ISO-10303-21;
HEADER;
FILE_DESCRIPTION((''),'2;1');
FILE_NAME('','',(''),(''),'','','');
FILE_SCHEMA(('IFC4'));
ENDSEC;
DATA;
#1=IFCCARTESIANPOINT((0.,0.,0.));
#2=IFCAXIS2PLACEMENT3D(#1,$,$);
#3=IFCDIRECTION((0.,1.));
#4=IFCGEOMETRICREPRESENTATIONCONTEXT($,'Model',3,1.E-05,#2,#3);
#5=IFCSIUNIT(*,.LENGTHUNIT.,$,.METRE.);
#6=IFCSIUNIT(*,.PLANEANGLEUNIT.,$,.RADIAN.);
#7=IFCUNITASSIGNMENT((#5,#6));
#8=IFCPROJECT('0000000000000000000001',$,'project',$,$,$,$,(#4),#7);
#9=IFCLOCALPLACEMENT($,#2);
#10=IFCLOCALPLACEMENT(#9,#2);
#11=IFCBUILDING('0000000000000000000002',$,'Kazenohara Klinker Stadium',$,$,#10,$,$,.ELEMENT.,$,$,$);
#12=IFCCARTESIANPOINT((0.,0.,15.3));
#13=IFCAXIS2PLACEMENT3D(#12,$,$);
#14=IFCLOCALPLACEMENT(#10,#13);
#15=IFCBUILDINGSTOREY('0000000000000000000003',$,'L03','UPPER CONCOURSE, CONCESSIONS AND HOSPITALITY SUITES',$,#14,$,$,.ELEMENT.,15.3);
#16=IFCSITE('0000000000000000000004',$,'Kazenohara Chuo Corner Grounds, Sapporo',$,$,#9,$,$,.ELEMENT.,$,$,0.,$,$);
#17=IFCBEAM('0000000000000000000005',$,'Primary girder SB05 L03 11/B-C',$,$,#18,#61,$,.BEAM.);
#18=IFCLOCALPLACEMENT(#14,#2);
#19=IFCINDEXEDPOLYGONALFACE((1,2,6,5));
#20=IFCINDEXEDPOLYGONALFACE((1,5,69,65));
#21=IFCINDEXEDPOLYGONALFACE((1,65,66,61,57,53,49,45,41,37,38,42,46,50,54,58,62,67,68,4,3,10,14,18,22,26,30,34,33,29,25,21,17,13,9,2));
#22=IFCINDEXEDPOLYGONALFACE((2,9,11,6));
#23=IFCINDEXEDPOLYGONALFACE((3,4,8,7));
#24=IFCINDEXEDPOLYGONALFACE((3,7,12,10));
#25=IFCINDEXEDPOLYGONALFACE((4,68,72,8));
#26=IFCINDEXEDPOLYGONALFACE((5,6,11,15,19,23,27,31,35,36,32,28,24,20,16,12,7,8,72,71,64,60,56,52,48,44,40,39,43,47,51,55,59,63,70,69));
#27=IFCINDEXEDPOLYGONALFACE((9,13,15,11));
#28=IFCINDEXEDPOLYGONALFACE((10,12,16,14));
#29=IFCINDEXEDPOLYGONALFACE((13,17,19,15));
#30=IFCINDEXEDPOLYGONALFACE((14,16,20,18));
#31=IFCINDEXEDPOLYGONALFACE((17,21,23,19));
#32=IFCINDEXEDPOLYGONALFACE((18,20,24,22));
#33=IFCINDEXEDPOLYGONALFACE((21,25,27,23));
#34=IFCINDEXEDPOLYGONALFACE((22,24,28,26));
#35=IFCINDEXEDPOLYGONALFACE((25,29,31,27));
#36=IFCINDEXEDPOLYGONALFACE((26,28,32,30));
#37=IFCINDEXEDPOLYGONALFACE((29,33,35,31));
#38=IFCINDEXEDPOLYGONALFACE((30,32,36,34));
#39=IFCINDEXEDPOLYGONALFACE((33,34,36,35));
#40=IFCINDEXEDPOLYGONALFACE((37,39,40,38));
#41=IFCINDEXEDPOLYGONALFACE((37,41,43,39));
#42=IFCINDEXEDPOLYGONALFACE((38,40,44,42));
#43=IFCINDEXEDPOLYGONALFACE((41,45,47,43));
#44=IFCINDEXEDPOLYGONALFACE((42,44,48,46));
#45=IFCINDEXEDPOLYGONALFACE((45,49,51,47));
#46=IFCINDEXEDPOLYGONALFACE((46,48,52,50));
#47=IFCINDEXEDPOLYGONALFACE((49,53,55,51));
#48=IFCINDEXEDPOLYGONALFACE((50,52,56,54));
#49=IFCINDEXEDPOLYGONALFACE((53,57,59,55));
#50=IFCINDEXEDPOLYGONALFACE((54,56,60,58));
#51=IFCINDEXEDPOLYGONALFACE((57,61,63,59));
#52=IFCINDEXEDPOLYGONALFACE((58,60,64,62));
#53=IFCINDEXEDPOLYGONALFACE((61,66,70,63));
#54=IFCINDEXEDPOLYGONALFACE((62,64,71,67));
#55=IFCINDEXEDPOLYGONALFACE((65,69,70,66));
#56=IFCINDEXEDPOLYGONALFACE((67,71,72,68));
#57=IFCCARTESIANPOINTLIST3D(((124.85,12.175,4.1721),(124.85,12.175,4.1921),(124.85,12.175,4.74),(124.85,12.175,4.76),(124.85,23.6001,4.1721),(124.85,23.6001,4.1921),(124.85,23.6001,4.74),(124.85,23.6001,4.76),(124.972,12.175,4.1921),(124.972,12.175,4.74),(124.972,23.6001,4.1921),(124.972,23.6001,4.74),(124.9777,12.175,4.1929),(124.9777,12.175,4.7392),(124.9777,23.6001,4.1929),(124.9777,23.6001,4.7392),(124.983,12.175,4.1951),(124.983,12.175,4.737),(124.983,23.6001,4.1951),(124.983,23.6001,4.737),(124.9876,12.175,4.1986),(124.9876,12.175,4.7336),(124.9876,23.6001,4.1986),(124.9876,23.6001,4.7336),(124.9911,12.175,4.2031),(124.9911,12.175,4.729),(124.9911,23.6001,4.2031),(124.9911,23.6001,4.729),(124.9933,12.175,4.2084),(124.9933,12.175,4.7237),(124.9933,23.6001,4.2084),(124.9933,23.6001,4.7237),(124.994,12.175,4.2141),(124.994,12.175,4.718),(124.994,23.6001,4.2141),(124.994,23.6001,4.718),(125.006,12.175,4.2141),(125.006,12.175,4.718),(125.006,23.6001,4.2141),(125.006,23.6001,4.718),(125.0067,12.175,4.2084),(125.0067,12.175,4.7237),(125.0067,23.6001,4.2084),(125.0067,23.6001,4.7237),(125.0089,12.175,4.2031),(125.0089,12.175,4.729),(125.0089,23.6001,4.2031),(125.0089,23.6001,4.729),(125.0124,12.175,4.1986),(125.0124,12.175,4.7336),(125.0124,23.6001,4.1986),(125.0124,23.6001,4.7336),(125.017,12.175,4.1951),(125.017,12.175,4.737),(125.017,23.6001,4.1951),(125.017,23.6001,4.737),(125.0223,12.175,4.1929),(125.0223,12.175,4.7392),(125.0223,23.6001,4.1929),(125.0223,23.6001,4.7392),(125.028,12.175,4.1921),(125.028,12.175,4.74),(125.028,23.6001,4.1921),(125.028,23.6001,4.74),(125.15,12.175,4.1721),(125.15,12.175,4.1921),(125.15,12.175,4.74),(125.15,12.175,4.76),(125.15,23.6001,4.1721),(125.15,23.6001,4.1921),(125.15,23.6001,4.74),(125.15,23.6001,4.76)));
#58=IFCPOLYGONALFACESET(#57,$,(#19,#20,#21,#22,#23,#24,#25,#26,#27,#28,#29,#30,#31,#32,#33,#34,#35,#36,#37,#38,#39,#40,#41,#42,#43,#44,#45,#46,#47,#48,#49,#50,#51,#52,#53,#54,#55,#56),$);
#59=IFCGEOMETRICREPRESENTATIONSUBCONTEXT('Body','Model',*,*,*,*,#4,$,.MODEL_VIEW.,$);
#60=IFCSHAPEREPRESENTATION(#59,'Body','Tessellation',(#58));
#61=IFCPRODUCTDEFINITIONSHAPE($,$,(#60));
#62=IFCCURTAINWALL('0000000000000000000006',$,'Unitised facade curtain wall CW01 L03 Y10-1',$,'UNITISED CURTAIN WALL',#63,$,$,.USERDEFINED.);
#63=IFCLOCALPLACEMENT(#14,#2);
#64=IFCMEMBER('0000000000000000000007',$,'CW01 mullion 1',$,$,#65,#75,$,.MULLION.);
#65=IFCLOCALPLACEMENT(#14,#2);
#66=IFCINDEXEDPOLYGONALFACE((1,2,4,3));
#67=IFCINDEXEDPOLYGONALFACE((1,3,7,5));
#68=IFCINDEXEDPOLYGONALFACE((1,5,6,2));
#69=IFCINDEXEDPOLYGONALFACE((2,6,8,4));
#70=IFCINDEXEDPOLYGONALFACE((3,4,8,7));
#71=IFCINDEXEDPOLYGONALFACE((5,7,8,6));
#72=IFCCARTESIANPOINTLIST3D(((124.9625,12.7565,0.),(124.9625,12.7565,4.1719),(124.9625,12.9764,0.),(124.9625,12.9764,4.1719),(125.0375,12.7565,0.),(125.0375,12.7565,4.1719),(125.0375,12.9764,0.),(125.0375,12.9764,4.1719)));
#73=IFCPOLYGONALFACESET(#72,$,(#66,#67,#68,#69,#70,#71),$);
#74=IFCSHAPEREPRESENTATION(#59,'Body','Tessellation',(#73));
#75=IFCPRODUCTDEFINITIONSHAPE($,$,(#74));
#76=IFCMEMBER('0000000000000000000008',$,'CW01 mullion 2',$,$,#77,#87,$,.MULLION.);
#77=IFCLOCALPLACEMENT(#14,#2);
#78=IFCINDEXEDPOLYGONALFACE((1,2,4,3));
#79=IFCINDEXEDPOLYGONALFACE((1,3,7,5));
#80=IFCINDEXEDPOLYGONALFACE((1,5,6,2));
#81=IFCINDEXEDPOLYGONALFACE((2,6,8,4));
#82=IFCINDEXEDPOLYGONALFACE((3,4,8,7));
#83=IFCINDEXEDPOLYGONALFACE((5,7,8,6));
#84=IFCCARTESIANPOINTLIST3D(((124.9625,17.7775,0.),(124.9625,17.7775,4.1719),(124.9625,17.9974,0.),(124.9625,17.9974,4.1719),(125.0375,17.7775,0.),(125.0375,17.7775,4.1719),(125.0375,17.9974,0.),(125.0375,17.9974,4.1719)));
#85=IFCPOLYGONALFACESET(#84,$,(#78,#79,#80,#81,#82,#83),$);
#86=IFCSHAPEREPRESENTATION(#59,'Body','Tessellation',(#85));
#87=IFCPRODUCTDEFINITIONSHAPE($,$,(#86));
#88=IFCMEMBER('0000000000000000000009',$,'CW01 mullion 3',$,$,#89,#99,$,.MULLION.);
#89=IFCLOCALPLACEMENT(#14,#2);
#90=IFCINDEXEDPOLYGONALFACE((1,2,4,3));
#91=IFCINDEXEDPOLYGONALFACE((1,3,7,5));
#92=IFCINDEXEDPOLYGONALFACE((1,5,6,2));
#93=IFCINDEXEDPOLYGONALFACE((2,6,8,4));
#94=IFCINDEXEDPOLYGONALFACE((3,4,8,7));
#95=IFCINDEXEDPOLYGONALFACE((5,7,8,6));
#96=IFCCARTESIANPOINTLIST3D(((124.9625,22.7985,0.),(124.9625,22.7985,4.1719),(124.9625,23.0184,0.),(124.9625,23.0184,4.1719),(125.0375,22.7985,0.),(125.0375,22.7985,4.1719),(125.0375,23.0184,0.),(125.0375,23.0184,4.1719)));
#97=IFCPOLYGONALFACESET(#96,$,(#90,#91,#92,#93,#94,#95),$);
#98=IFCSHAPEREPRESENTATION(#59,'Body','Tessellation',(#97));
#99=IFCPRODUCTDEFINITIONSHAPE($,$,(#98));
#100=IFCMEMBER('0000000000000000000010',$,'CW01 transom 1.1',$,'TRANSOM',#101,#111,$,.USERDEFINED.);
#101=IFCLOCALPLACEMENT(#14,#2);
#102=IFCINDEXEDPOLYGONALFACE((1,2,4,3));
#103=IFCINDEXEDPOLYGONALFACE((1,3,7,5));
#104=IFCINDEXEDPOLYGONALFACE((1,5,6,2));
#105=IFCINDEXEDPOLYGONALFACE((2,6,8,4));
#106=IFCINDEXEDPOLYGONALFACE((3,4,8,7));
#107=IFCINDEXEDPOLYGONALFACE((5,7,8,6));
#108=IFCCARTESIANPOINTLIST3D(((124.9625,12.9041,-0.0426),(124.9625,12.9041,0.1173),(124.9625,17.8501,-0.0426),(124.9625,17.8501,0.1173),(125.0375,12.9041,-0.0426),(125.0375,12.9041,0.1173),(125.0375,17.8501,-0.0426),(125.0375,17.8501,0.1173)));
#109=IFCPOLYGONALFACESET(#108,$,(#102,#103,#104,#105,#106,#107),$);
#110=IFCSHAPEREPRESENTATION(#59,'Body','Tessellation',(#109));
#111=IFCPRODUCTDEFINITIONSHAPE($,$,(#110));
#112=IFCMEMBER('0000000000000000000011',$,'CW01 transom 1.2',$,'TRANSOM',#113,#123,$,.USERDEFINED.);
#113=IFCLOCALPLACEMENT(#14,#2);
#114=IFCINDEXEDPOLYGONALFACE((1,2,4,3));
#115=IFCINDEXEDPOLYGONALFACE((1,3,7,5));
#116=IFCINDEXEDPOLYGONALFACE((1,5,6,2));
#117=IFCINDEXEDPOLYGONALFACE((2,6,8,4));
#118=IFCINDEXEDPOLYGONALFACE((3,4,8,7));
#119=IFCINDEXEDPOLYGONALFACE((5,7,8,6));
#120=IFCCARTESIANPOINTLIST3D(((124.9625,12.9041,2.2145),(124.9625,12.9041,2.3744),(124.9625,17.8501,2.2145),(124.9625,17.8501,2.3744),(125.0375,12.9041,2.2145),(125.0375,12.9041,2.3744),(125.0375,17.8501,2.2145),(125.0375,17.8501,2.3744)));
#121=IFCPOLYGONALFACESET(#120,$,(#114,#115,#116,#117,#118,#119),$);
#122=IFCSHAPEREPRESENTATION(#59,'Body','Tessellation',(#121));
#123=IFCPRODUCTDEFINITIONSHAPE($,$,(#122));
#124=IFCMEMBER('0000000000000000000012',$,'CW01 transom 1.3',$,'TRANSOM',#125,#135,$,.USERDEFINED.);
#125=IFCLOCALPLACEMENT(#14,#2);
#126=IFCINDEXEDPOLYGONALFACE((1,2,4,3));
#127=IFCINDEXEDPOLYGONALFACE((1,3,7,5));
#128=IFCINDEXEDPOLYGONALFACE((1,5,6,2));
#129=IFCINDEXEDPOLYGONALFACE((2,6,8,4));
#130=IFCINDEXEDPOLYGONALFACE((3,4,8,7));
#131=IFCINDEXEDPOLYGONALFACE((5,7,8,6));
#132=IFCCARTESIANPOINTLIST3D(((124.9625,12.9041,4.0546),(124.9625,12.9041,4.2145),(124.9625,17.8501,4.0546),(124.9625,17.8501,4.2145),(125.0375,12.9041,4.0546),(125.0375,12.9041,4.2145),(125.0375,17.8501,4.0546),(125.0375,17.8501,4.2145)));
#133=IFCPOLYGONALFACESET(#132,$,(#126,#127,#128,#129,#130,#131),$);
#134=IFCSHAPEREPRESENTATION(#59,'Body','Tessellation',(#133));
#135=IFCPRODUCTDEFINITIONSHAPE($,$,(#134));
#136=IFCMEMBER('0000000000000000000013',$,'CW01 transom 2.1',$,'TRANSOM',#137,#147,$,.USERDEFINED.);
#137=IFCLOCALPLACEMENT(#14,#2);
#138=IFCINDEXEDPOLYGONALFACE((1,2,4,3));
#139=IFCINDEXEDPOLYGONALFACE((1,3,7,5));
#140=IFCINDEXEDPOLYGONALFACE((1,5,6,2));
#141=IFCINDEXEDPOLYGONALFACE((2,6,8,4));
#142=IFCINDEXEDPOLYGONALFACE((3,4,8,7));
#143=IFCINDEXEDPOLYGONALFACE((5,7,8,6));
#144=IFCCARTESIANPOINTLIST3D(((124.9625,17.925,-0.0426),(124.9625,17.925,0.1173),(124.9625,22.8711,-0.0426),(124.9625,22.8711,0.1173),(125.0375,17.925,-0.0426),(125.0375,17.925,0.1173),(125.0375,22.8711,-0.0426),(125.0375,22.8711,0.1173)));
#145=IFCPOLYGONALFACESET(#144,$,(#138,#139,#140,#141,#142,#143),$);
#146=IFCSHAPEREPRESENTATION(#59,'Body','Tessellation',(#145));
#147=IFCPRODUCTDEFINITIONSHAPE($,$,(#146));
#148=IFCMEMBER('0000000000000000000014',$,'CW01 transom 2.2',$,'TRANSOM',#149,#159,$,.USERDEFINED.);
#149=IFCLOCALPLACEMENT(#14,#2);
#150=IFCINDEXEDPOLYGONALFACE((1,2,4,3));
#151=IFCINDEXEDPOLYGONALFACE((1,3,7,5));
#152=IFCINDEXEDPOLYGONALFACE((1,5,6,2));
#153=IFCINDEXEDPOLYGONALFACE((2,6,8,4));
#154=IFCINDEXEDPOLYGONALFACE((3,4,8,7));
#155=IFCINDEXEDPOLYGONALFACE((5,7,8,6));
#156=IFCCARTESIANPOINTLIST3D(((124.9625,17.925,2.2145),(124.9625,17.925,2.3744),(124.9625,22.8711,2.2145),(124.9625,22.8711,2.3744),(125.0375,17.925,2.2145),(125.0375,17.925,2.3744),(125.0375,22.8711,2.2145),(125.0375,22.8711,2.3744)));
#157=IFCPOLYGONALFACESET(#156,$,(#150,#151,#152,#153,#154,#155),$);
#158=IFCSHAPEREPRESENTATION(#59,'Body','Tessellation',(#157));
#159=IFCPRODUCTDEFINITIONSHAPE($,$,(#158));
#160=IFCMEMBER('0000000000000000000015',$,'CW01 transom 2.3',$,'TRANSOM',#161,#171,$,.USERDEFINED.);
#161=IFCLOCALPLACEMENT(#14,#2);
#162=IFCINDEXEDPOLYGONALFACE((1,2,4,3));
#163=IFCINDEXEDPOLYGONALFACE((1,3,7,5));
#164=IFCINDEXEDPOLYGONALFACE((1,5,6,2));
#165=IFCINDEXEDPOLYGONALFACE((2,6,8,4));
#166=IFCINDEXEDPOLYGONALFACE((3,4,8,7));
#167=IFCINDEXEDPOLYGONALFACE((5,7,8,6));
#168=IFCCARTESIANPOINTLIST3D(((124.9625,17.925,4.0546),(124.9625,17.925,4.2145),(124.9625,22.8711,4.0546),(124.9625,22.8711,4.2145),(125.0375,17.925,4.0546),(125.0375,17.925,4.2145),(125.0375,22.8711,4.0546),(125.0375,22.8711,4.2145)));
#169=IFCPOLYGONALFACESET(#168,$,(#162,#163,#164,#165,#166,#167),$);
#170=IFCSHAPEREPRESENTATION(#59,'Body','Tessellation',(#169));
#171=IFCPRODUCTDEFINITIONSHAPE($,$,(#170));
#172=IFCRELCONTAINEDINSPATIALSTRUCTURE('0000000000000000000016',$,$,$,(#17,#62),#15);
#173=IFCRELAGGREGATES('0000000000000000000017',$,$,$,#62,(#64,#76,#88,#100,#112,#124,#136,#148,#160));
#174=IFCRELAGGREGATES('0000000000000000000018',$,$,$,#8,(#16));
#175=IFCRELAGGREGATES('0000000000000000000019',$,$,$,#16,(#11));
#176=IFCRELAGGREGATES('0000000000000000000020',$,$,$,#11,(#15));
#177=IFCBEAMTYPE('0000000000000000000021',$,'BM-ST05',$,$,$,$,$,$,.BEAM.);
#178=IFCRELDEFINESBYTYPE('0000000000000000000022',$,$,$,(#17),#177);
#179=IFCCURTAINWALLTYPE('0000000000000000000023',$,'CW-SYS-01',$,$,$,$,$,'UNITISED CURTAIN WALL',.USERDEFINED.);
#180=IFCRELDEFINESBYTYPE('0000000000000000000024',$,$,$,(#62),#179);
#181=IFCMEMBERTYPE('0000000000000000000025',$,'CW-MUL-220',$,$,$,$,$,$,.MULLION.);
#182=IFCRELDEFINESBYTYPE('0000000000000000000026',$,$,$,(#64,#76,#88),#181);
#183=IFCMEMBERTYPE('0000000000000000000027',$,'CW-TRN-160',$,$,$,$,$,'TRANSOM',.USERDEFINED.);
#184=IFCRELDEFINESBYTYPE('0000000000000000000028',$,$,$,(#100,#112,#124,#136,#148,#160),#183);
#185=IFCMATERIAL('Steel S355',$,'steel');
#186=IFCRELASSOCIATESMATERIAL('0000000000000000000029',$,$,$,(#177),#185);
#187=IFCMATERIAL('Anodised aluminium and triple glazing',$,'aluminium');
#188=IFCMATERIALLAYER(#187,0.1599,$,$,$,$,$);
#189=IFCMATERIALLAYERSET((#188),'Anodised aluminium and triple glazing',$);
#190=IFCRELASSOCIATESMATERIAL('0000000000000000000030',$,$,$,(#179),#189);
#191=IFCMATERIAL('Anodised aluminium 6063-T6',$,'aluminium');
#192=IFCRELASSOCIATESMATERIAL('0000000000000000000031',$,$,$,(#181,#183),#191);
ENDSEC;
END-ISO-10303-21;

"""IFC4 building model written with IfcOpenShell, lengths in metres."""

from ifc_helpers import new_model, si_unit, direction, frame, origin, origin_2d, place, context, subcontext, project, spatial, rectangle, i_section, extrude, material, layer, layer_set, material_profile, profile_set, type_object, element, aggregate, save


model = new_model("IFC4")

# Units and contexts
model_context = context("Model", 3, precision=1e-05, world=origin(), true_north=direction((0.0, 1.0)))
body_context = subcontext(model_context, "Body", "Model", "MODEL_VIEW")
ifc_project = project(units=[si_unit("LENGTHUNIT", "METRE"), si_unit("PLANEANGLEUNIT", "RADIAN")], contexts=[model_context])

# Site, building, storey
site_placement = place(None, origin())
site = spatial("IfcSite", under=ifc_project, at=site_placement, Name="Kazenohara Chuo Corner Grounds, Sapporo", CompositionType="ELEMENT", RefElevation=0.0)
building_placement = place(site_placement, origin())
building = spatial("IfcBuilding", under=site, at=building_placement, Name="Kazenohara Klinker Stadium", CompositionType="ELEMENT")
storey_placement = place(building_placement, frame((0.0, 0.0, 15.3)))
storey = spatial("IfcBuildingStorey", under=building, at=storey_placement, Name="L03", Description="UPPER CONCOURSE, CONCESSIONS AND HOSPITALITY SUITES", CompositionType="ELEMENT", Elevation=15.3)

# Shared definitions
ifc_material_1 = material(Name="Steel S355", Category="steel")

# Beam
ifc_material_profile_1 = material_profile(ifc_material_1, i_section(OverallWidth=0.3, OverallDepth=0.5879, WebThickness=0.012, FlangeThickness=0.02, FilletRadius=0.022, at=origin_2d()), Name="H-588x300x12x20")
ifc_profile_set_1 = profile_set([ifc_material_profile_1], Name="Steel S355")
beam_type_1 = type_object("IfcBeamType", Name="BM-ST05", PredefinedType="BEAM", material=ifc_profile_set_1)
beam_1_placement = place(storey_placement, frame((125.0, 12.175, 4.4661), z_axis=(0.0, 1.0, 0.0), x_axis=(-1.0, 0.0, 0.0)))
element("IfcBeam", 1, at=beam_1_placement, inside=storey, type_object=beam_type_1, Name="Primary girder SB05 L03 11/B-C", PredefinedType="BEAM", context=body_context, shape_type="SweptSolid", body=[
    extrude(i_section(OverallWidth=0.3, OverallDepth=0.5879, WebThickness=0.012, FlangeThickness=0.02, FilletRadius=0.022, at=origin_2d()), origin(), (0.0, 0.0, 1.0), 11.425),
])

# Curtain wall, members
ifc_material_2 = material(Name="Anodised aluminium and triple glazing", Category="aluminium")
ifc_layer_1 = layer(ifc_material_2, 0.1599)
ifc_layer_set_1 = layer_set([ifc_layer_1], Name="Anodised aluminium and triple glazing")
curtain_wall_type = type_object("IfcCurtainWallType", Name="CW-SYS-01", ElementType="UNITISED CURTAIN WALL", PredefinedType="USERDEFINED", material=ifc_layer_set_1)
curtain_wall_placement = place(storey_placement, origin())
curtain_wall = element("IfcCurtainWall", 2, at=curtain_wall_placement, inside=storey, type_object=curtain_wall_type, Name="Unitised facade curtain wall CW01 L03 Y10-1", ObjectType="UNITISED CURTAIN WALL", PredefinedType="USERDEFINED")
ifc_material_3 = material(Name="Anodised aluminium 6063-T6", Category="aluminium")
ifc_material_profile_2 = material_profile(ifc_material_3, rectangle(XDim=0.075, YDim=0.22, at=origin_2d()), Name="ALU-MUL-75x220")
ifc_profile_set_2 = profile_set([ifc_material_profile_2], Name="Anodised aluminium 6063-T6")
member_type_1 = type_object("IfcMemberType", Name="CW-MUL-220", PredefinedType="MULLION", material=ifc_profile_set_2)
member_1_placement = place(storey_placement, frame((125.0, 12.8665, 0.0), z_axis=(0.0, 0.0, 1.0), x_axis=(-1.0, 0.0, 0.0)))
member_1 = element("IfcMember", 3, at=member_1_placement, type_object=member_type_1, Name="CW01 mullion 1", PredefinedType="MULLION", context=body_context, shape_type="SweptSolid", body=[
    extrude(rectangle(XDim=0.075, YDim=0.22, at=origin_2d()), origin(), (0.0, 0.0, 1.0), 4.1719),
])
member_2_placement = place(storey_placement, frame((125.0, 17.8875, 0.0), z_axis=(0.0, 0.0, 1.0), x_axis=(-1.0, 0.0, 0.0)))
member_2 = element("IfcMember", 4, at=member_2_placement, type_object=member_type_1, Name="CW01 mullion 2", PredefinedType="MULLION", context=body_context, shape_type="SweptSolid", body=[
    extrude(rectangle(XDim=0.075, YDim=0.22, at=origin_2d()), origin(), (0.0, 0.0, 1.0), 4.1719),
])
member_3_placement = place(storey_placement, frame((125.0, 22.9084, 0.0), z_axis=(0.0, 0.0, 1.0), x_axis=(-1.0, 0.0, 0.0)))
member_3 = element("IfcMember", 5, at=member_3_placement, type_object=member_type_1, Name="CW01 mullion 3", PredefinedType="MULLION", context=body_context, shape_type="SweptSolid", body=[
    extrude(rectangle(XDim=0.075, YDim=0.22, at=origin_2d()), origin(), (0.0, 0.0, 1.0), 4.1719),
])
ifc_material_profile_3 = material_profile(ifc_material_3, rectangle(XDim=0.075, YDim=0.1599, at=origin_2d()), Name="ALU-TRN-75x160")
ifc_profile_set_3 = profile_set([ifc_material_profile_3], Name="Anodised aluminium 6063-T6")
member_type_2 = type_object("IfcMemberType", Name="CW-TRN-160", ElementType="TRANSOM", PredefinedType="USERDEFINED", material=ifc_profile_set_3)
member_4_placement = place(storey_placement, frame((125.0, 12.9041, 0.0374), z_axis=(0.0, 1.0, 0.0), x_axis=(-1.0, 0.0, 0.0)))
member_4 = element("IfcMember", 6, at=member_4_placement, type_object=member_type_2, Name="CW01 transom 1.1", ObjectType="TRANSOM", PredefinedType="USERDEFINED", context=body_context, shape_type="SweptSolid", body=[
    extrude(rectangle(XDim=0.075, YDim=0.1599, at=origin_2d()), origin(), (0.0, 0.0, 1.0), 4.946),
])
member_5_placement = place(storey_placement, frame((125.0, 12.9041, 2.2944), z_axis=(0.0, 1.0, 0.0), x_axis=(-1.0, 0.0, 0.0)))
member_5 = element("IfcMember", 7, at=member_5_placement, type_object=member_type_2, Name="CW01 transom 1.2", ObjectType="TRANSOM", PredefinedType="USERDEFINED", context=body_context, shape_type="SweptSolid", body=[
    extrude(rectangle(XDim=0.075, YDim=0.1599, at=origin_2d()), origin(), (0.0, 0.0, 1.0), 4.946),
])
member_6_placement = place(storey_placement, frame((125.0, 12.9041, 4.1345), z_axis=(0.0, 1.0, 0.0), x_axis=(-1.0, 0.0, 0.0)))
member_6 = element("IfcMember", 8, at=member_6_placement, type_object=member_type_2, Name="CW01 transom 1.3", ObjectType="TRANSOM", PredefinedType="USERDEFINED", context=body_context, shape_type="SweptSolid", body=[
    extrude(rectangle(XDim=0.075, YDim=0.1599, at=origin_2d()), origin(), (0.0, 0.0, 1.0), 4.946),
])
member_7_placement = place(storey_placement, frame((125.0, 17.925, 0.0374), z_axis=(0.0, 1.0, 0.0), x_axis=(-1.0, 0.0, 0.0)))
member_7 = element("IfcMember", 9, at=member_7_placement, type_object=member_type_2, Name="CW01 transom 2.1", ObjectType="TRANSOM", PredefinedType="USERDEFINED", context=body_context, shape_type="SweptSolid", body=[
    extrude(rectangle(XDim=0.075, YDim=0.1599, at=origin_2d()), origin(), (0.0, 0.0, 1.0), 4.946),
])
member_8_placement = place(storey_placement, frame((125.0, 17.925, 2.2944), z_axis=(0.0, 1.0, 0.0), x_axis=(-1.0, 0.0, 0.0)))
member_8 = element("IfcMember", 10, at=member_8_placement, type_object=member_type_2, Name="CW01 transom 2.2", ObjectType="TRANSOM", PredefinedType="USERDEFINED", context=body_context, shape_type="SweptSolid", body=[
    extrude(rectangle(XDim=0.075, YDim=0.1599, at=origin_2d()), origin(), (0.0, 0.0, 1.0), 4.946),
])
member_9_placement = place(storey_placement, frame((125.0, 17.925, 4.1345), z_axis=(0.0, 1.0, 0.0), x_axis=(-1.0, 0.0, 0.0)))
member_9 = element("IfcMember", 11, at=member_9_placement, type_object=member_type_2, Name="CW01 transom 2.3", ObjectType="TRANSOM", PredefinedType="USERDEFINED", context=body_context, shape_type="SweptSolid", body=[
    extrude(rectangle(XDim=0.075, YDim=0.1599, at=origin_2d()), origin(), (0.0, 0.0, 1.0), 4.946),
])

aggregate(curtain_wall, [member_1, member_2, member_3, member_4, member_5, member_6, member_7, member_8, member_9])

save(model, "model.ifc")
